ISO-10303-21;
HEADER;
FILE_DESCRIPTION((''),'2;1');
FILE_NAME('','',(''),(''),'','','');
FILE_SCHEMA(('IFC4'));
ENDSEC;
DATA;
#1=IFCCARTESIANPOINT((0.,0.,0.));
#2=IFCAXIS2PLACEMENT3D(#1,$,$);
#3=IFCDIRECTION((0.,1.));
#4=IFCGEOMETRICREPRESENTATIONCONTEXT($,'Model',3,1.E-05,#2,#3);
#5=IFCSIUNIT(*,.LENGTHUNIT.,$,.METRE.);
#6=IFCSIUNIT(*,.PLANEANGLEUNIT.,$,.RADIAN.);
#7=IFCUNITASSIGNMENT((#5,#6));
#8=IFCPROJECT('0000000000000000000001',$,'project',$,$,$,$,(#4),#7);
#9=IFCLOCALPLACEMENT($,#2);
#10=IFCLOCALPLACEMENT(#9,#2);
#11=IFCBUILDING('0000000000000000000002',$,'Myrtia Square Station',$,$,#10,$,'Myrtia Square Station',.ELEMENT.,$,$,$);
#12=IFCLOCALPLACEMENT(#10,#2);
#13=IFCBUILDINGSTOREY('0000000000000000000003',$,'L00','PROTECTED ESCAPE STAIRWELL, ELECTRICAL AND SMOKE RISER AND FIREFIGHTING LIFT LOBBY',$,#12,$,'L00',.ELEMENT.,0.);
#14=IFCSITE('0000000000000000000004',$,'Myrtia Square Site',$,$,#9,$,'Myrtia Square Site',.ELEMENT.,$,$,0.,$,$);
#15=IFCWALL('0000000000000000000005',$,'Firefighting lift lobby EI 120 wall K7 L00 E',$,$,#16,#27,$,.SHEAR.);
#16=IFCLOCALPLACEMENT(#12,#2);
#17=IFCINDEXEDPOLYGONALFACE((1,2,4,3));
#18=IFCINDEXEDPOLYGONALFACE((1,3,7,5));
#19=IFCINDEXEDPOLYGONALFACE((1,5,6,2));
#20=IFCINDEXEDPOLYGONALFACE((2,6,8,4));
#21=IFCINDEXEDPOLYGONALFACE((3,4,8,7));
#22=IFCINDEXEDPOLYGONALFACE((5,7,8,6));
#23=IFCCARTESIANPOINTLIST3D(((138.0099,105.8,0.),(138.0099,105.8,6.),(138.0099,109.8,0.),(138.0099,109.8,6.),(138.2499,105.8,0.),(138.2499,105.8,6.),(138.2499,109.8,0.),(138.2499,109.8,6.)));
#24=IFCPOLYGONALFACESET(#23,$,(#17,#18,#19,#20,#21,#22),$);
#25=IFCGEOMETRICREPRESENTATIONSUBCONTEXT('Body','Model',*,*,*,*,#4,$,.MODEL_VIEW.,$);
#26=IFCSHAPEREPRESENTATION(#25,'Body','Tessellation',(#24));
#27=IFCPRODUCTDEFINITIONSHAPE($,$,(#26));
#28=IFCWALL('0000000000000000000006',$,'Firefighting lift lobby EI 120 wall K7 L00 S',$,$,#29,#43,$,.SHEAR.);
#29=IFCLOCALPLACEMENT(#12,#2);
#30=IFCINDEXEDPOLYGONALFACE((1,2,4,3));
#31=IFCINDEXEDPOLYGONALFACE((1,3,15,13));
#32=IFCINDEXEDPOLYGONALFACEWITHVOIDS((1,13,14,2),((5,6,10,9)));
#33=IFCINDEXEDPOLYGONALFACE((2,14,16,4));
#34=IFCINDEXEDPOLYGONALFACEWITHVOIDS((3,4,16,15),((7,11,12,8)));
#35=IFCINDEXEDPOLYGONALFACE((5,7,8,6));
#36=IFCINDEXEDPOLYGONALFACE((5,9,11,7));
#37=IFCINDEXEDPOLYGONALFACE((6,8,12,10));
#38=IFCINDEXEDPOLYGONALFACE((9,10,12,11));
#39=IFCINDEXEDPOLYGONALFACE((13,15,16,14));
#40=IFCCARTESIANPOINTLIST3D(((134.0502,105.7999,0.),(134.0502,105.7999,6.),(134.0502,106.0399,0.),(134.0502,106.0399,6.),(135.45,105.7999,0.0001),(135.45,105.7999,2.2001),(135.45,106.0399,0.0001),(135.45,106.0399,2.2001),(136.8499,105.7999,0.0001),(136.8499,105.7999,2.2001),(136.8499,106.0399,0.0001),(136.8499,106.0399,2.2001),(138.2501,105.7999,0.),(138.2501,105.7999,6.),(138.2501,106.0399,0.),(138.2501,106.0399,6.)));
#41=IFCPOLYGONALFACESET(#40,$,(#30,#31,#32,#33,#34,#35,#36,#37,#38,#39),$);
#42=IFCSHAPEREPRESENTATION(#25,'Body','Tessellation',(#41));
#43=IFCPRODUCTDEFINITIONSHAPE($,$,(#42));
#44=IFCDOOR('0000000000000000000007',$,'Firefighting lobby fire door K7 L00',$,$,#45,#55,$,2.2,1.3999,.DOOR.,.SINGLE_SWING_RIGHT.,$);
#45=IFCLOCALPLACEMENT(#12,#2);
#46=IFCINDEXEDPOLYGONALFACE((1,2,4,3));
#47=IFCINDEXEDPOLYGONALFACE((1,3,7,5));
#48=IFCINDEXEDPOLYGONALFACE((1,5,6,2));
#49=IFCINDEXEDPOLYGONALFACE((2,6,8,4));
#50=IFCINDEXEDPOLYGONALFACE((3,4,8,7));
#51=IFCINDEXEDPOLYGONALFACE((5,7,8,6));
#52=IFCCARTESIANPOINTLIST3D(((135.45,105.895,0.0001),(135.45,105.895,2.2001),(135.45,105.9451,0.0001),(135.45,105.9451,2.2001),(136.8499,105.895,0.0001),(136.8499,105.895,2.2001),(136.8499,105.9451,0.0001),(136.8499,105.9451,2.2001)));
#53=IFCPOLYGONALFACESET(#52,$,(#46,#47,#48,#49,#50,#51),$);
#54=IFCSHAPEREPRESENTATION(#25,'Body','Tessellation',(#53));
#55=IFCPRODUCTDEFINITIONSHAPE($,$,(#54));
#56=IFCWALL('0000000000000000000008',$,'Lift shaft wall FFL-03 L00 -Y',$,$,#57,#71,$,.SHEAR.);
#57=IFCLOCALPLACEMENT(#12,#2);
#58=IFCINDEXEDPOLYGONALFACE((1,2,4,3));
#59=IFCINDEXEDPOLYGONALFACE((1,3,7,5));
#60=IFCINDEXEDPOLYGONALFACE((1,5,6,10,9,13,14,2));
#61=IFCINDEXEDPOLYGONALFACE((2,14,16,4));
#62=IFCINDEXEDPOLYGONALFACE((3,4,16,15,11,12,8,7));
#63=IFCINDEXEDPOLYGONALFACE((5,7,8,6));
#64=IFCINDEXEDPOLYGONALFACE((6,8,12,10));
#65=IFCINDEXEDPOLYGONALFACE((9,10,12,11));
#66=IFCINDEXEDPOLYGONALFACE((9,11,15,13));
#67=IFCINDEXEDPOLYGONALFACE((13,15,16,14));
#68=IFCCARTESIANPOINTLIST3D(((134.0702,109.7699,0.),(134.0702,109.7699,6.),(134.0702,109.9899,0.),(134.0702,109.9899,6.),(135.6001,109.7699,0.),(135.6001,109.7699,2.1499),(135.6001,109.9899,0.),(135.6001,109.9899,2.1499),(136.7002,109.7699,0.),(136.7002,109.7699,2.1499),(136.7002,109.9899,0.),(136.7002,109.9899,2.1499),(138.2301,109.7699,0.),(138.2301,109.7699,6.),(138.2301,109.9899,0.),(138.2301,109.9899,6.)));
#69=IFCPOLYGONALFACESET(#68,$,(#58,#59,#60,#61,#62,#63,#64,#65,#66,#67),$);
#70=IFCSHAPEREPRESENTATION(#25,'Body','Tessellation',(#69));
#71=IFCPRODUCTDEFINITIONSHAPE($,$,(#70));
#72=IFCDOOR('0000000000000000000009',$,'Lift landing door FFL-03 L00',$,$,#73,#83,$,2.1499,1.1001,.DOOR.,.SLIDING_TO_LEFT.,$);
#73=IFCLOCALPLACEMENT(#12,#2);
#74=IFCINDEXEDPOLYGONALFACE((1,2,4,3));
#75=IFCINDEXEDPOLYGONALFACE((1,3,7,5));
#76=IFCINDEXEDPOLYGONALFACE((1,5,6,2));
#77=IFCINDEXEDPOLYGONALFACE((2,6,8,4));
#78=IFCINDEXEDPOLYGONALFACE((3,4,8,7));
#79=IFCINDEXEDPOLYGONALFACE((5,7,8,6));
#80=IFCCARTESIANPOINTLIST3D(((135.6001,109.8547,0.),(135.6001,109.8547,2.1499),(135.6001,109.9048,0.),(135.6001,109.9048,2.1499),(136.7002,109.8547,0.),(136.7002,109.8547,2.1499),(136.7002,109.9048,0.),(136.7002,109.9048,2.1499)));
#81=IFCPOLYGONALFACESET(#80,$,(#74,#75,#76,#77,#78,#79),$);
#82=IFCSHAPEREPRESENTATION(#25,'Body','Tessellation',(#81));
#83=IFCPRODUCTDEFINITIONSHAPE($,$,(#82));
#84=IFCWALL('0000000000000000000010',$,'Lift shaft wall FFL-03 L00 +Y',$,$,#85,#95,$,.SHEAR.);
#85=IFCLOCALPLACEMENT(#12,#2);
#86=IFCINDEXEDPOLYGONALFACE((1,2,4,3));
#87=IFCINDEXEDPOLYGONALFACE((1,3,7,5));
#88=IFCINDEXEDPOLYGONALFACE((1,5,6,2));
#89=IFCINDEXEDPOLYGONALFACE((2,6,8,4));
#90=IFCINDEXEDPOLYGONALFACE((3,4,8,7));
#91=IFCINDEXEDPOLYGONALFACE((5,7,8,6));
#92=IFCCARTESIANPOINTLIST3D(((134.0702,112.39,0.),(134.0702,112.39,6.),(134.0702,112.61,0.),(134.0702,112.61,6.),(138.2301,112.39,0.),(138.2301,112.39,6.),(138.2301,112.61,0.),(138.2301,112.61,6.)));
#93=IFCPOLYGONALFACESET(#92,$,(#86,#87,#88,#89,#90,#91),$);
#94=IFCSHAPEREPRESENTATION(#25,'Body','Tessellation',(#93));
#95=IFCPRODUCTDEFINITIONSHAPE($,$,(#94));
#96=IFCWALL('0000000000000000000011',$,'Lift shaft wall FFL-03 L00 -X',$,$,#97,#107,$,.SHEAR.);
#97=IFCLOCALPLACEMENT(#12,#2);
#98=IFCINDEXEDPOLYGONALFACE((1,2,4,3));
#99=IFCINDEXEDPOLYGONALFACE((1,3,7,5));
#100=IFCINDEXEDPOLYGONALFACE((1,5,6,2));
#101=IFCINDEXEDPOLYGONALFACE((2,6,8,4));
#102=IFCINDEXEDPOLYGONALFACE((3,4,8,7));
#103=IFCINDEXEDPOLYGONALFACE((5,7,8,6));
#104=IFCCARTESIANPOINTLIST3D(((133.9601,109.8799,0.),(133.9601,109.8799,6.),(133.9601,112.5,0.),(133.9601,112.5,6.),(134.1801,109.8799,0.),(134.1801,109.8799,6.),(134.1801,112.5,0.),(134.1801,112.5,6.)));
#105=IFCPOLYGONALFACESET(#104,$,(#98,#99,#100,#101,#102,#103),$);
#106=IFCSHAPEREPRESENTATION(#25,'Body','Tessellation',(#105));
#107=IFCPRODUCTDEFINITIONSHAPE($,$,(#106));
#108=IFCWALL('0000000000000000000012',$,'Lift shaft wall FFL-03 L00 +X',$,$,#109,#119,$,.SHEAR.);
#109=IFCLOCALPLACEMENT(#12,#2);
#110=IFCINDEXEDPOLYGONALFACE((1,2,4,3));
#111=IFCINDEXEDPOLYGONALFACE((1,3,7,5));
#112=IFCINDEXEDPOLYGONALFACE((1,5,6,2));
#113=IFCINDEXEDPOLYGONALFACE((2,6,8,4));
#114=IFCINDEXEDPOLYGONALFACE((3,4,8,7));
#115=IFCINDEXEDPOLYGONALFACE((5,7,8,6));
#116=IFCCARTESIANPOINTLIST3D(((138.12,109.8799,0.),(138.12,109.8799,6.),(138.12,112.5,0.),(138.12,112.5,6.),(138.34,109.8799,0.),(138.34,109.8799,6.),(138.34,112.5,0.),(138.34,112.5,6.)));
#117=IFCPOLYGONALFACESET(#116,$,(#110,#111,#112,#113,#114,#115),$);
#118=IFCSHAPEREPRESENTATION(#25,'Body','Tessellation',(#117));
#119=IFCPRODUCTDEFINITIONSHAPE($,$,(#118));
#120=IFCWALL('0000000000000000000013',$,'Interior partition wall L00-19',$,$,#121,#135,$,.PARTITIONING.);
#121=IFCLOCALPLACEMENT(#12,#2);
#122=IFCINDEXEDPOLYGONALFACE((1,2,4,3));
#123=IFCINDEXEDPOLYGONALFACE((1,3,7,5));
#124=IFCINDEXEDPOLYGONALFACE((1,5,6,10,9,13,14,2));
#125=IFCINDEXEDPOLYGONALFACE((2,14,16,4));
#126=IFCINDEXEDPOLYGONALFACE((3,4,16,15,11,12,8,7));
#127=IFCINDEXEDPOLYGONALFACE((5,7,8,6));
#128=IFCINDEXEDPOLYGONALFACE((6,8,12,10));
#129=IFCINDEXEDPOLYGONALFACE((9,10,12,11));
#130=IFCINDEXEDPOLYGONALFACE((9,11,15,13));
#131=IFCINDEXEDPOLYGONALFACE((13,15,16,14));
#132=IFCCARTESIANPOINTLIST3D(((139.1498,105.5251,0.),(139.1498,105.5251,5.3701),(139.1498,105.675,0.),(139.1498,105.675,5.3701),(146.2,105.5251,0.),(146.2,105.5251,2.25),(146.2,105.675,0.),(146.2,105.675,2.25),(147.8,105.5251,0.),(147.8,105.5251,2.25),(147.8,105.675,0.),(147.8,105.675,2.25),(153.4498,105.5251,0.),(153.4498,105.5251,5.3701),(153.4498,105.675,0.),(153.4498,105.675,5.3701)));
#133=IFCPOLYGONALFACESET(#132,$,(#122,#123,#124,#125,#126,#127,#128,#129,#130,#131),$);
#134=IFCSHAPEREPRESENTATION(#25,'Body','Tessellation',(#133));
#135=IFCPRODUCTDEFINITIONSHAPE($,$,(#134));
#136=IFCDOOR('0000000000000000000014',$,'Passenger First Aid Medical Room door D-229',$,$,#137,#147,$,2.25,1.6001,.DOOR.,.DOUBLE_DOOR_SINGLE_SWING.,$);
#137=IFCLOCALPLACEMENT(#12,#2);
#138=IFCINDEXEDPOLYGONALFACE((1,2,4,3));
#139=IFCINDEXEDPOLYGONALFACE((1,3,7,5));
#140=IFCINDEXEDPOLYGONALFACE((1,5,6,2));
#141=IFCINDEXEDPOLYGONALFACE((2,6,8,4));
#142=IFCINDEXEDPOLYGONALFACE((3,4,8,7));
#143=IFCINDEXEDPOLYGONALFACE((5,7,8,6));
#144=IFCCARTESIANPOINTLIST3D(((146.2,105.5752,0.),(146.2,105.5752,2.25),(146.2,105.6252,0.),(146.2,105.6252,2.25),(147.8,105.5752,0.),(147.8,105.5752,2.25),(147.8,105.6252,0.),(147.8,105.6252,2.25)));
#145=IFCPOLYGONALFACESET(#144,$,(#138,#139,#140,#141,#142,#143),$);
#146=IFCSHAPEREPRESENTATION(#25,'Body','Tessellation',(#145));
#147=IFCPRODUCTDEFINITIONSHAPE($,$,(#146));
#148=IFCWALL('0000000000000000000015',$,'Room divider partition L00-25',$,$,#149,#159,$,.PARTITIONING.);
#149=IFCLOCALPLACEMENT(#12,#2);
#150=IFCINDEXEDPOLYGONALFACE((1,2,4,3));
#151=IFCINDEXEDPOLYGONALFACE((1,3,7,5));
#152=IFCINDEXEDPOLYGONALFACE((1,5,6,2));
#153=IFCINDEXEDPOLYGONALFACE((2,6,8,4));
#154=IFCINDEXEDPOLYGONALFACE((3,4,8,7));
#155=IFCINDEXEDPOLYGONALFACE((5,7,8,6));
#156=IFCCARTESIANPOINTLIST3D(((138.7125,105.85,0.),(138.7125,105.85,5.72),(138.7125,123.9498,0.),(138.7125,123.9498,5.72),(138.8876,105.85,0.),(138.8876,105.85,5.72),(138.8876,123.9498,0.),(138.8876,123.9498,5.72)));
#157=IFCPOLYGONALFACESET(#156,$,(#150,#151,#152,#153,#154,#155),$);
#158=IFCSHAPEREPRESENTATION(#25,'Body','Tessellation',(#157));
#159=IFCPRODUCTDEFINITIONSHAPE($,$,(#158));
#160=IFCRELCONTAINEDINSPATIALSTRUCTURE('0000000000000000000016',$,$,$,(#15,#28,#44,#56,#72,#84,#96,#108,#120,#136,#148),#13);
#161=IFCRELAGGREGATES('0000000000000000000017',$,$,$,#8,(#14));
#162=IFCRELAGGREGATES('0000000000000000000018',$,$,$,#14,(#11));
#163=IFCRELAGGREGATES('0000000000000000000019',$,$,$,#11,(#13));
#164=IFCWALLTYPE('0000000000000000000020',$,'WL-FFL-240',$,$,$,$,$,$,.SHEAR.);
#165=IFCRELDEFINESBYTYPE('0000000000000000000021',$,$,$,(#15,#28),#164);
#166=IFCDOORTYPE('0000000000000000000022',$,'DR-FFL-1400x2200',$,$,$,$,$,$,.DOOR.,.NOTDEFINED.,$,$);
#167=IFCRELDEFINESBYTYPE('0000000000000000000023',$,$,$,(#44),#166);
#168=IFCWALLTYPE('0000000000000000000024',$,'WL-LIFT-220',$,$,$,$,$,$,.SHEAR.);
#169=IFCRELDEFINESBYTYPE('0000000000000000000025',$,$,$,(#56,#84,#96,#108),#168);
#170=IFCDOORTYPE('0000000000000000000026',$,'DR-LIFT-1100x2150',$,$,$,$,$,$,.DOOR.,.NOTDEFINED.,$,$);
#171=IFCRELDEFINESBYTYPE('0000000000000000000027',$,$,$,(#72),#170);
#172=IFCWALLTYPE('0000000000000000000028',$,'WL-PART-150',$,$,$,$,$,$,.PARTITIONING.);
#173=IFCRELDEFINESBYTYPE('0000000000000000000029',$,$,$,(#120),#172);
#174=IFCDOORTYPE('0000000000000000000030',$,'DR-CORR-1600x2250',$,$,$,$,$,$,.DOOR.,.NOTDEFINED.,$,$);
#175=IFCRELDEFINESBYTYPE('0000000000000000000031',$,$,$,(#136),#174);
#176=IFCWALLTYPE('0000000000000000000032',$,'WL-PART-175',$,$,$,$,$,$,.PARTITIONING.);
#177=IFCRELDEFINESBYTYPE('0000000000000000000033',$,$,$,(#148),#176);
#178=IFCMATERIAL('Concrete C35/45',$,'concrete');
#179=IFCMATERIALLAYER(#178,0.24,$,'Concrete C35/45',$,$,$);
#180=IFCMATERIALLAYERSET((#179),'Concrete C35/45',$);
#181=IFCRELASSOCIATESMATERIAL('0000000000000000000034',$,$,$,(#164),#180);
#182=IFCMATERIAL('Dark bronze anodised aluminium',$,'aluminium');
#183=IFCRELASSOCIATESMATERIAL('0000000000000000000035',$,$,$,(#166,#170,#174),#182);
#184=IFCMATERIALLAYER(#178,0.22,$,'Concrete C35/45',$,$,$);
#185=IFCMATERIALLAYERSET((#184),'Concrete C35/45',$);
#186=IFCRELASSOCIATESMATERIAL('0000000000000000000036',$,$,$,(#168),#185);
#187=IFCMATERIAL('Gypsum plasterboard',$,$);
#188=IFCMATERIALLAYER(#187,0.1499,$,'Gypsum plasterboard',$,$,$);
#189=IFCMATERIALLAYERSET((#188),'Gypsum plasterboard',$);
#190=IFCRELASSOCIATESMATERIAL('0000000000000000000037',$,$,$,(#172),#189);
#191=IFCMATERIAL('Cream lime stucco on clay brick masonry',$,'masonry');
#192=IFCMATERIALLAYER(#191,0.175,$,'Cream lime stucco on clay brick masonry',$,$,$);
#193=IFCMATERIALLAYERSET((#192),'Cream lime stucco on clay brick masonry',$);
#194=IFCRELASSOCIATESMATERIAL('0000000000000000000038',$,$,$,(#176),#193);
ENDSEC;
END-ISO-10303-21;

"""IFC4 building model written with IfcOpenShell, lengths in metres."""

from ifc_helpers import new_model, si_unit, direction, frame, frame_2d, origin, place, context, subcontext, project, spatial, rectangle, extrude, material, layer, layer_set, type_object, element, fill, save


model = new_model("IFC4")

# Units and contexts
model_context = context("Model", 3, precision=1e-05, world=origin(), true_north=direction((0.0, 1.0)))
body_context = subcontext(model_context, "Body", "Model", "MODEL_VIEW")
ifc_project = project(units=[si_unit("LENGTHUNIT", "METRE"), si_unit("PLANEANGLEUNIT", "RADIAN")], contexts=[model_context])

# Site, building, storey
site_placement = place(None, origin())
site = spatial("IfcSite", under=ifc_project, at=site_placement, Name="Myrtia Square Site", LongName="Myrtia Square Site", CompositionType="ELEMENT", RefElevation=0.0)
building_placement = place(site_placement, origin())
building = spatial("IfcBuilding", under=site, at=building_placement, Name="Myrtia Square Station", LongName="Myrtia Square Station", CompositionType="ELEMENT")
storey_placement = place(building_placement, origin())
storey = spatial("IfcBuildingStorey", under=building, at=storey_placement, Name="L00", Description="PROTECTED ESCAPE STAIRWELL, ELECTRICAL AND SMOKE RISER AND FIREFIGHTING LIFT LOBBY", LongName="L00", CompositionType="ELEMENT", Elevation=0.0)

# Shared definitions
ifc_material_1 = material(Name="Concrete C35/45", Category="concrete")
ifc_material_2 = material(Name="Dark bronze anodised aluminium", Category="aluminium")

# Wall
ifc_layer_1 = layer(ifc_material_1, 0.24, Name="Concrete C35/45")
ifc_layer_set_1 = layer_set([ifc_layer_1], Name="Concrete C35/45")
wall_type_1 = type_object("IfcWallType", Name="WL-FFL-240", PredefinedType="SHEAR", material=ifc_layer_set_1)
wall_1_placement = place(storey_placement, frame((138.1299, 105.8, 0.0), z_axis=(0.0, 0.0, 1.0), x_axis=(0.0, 1.0, 0.0)))
element("IfcWall", 1, at=wall_1_placement, inside=storey, type_object=wall_type_1, Name="Firefighting lift lobby EI 120 wall K7 L00 E", PredefinedType="SHEAR", context=body_context, shape_type="SweptSolid", body=[
    extrude(rectangle(XDim=4.0, YDim=0.24, at=frame_2d((2.0, 0.0))), origin(), (0.0, 0.0, 1.0), 6.0),
])

# Walls, openings, doors
wall_2_placement = place(storey_placement, frame((134.05, 105.9199, 0.0), z_axis=(0.0, 0.0, 1.0), x_axis=(1.0, 0.0, 0.0)))
wall_2 = element("IfcWall", 2, at=wall_2_placement, inside=storey, type_object=wall_type_1, Name="Firefighting lift lobby EI 120 wall K7 L00 S", PredefinedType="SHEAR", context=body_context, shape_type="SweptSolid", body=[
    extrude(rectangle(XDim=4.2, YDim=0.24, at=frame_2d((2.1001, 0.0))), origin(), (0.0, 0.0, 1.0), 6.0),
])
opening_1_placement = place(wall_2_placement, frame((1.3999, 0.0, 0.0)))
opening_1 = element("IfcOpeningElement", 3, at=opening_1_placement, cuts=wall_2, PredefinedType="OPENING", context=body_context, shape_type="SweptSolid", body=[
    extrude(rectangle(XDim=1.3999, YDim=2.2, at=frame_2d((0.7, 1.1001))), frame((0.0, 0.135, 0.0), z_axis=(0.0, -1.0, 0.0), x_axis=(1.0, 0.0, 0.0)), (0.0, 0.0, 1.0), 0.27),
])
door_type_1 = type_object("IfcDoorType", Name="DR-FFL-1400x2200", OperationType="NOTDEFINED", PredefinedType="DOOR", material=ifc_material_2)
door_1_placement = place(opening_1_placement, frame((1.3999, 0.0, 0.0), z_axis=(0.0, 0.0, 1.0), x_axis=(-1.0, 0.0, 0.0)))
door_1 = element("IfcDoor", 4, at=door_1_placement, inside=storey, type_object=door_type_1, Name="Firefighting lobby fire door K7 L00", OperationType="SINGLE_SWING_RIGHT", OverallHeight=2.2, OverallWidth=1.3999, PredefinedType="DOOR", context=body_context, shape_type="SweptSolid", body=[
    extrude(rectangle(XDim=1.3999, YDim=2.2, at=frame_2d((0.7, 1.1001))), frame((0.0, 0.0249, 0.0), z_axis=(0.0, -1.0, 0.0), x_axis=(1.0, 0.0, 0.0)), (0.0, 0.0, 1.0), 0.05),
])
fill(opening_1, door_1)
ifc_layer_2 = layer(ifc_material_1, 0.22, Name="Concrete C35/45")
ifc_layer_set_2 = layer_set([ifc_layer_2], Name="Concrete C35/45")
wall_type_2 = type_object("IfcWallType", Name="WL-LIFT-220", PredefinedType="SHEAR", material=ifc_layer_set_2)
wall_3_placement = place(storey_placement, frame((134.0701, 109.8799, 0.0), z_axis=(0.0, 0.0, 1.0), x_axis=(1.0, 0.0, 0.0)))
wall_3 = element("IfcWall", 5, at=wall_3_placement, inside=storey, type_object=wall_type_2, Name="Lift shaft wall FFL-03 L00 -Y", PredefinedType="SHEAR", context=body_context, shape_type="SweptSolid", body=[
    extrude(rectangle(XDim=4.1599, YDim=0.22, at=frame_2d((2.0801, 0.0))), origin(), (0.0, 0.0, 1.0), 6.0),
])
opening_2_placement = place(wall_3_placement, frame((1.53, 0.0, 0.0)))
opening_2 = element("IfcOpeningElement", 6, at=opening_2_placement, cuts=wall_3, PredefinedType="OPENING", context=body_context, shape_type="SweptSolid", body=[
    extrude(rectangle(XDim=1.1001, YDim=2.1499, at=frame_2d((0.55, 1.075))), frame((0.0, 0.125, 0.0), z_axis=(0.0, -1.0, 0.0), x_axis=(1.0, 0.0, 0.0)), (0.0, 0.0, 1.0), 0.25),
])
door_type_2 = type_object("IfcDoorType", Name="DR-LIFT-1100x2150", OperationType="NOTDEFINED", PredefinedType="DOOR", material=ifc_material_2)
door_2_placement = place(opening_2_placement, origin())
door_2 = element("IfcDoor", 7, at=door_2_placement, inside=storey, type_object=door_type_2, Name="Lift landing door FFL-03 L00", OperationType="SLIDING_TO_LEFT", OverallHeight=2.1499, OverallWidth=1.1001, PredefinedType="DOOR", context=body_context, shape_type="SweptSolid", body=[
    extrude(rectangle(XDim=1.1001, YDim=2.1499, at=frame_2d((0.55, 1.075))), frame((0.0, 0.0249, 0.0), z_axis=(0.0, -1.0, 0.0), x_axis=(1.0, 0.0, 0.0)), (0.0, 0.0, 1.0), 0.05),
])
fill(opening_2, door_2)

# Walls
wall_4_placement = place(storey_placement, frame((134.0701, 112.5, 0.0), z_axis=(0.0, 0.0, 1.0), x_axis=(1.0, 0.0, 0.0)))
element("IfcWall", 8, at=wall_4_placement, inside=storey, type_object=wall_type_2, Name="Lift shaft wall FFL-03 L00 +Y", PredefinedType="SHEAR", context=body_context, shape_type="SweptSolid", body=[
    extrude(rectangle(XDim=4.1599, YDim=0.22, at=frame_2d((2.0801, 0.0))), origin(), (0.0, 0.0, 1.0), 6.0),
])
for number, where, z_axis, x_axis, name in (
    (9, (134.0701, 109.8799, 0.0), (0.0, 0.0, 1.0), (0.0, 1.0, 0.0), "Lift shaft wall FFL-03 L00 -X"),
    (10, (138.23, 109.8799, 0.0), (0.0, 0.0, 1.0), (0.0, 1.0, 0.0), "Lift shaft wall FFL-03 L00 +X"),
):
    element("IfcWall", number, at=place(storey_placement, frame(where, z_axis=z_axis, x_axis=x_axis)), inside=storey, type_object=wall_type_2, Name=name, PredefinedType="SHEAR", context=body_context, shape_type="SweptSolid", body=[
        extrude(rectangle(XDim=2.6201, YDim=0.22, at=frame_2d((1.3101, 0.0))), origin(), (0.0, 0.0, 1.0), 6.0),
    ])

# Wall, opening, door
ifc_material_3 = material(Name="Gypsum plasterboard")
ifc_layer_3 = layer(ifc_material_3, 0.1499, Name="Gypsum plasterboard")
ifc_layer_set_3 = layer_set([ifc_layer_3], Name="Gypsum plasterboard")
wall_type_3 = type_object("IfcWallType", Name="WL-PART-150", PredefinedType="PARTITIONING", material=ifc_layer_set_3)
wall_5_placement = place(storey_placement, frame((139.1499, 105.6001, 0.0), z_axis=(0.0, 0.0, 1.0), x_axis=(1.0, 0.0, 0.0)))
wall_5 = element("IfcWall", 11, at=wall_5_placement, inside=storey, type_object=wall_type_3, Name="Interior partition wall L00-19", PredefinedType="PARTITIONING", context=body_context, shape_type="SweptSolid", body=[
    extrude(rectangle(XDim=14.3, YDim=0.1499, at=frame_2d((7.1499, 0.0))), origin(), (0.0, 0.0, 1.0), 5.3701),
])
opening_3_placement = place(wall_5_placement, frame((7.05, 0.0, 0.0)))
opening_3 = element("IfcOpeningElement", 12, at=opening_3_placement, cuts=wall_5, PredefinedType="OPENING", context=body_context, shape_type="SweptSolid", body=[
    extrude(rectangle(XDim=1.6001, YDim=2.25, at=frame_2d((0.8, 1.125))), frame((0.0, 0.0898, 0.0), z_axis=(0.0, -1.0, 0.0), x_axis=(1.0, 0.0, 0.0)), (0.0, 0.0, 1.0), 0.1799),
])
door_type_3 = type_object("IfcDoorType", Name="DR-CORR-1600x2250", OperationType="NOTDEFINED", PredefinedType="DOOR", material=ifc_material_2)
door_3_placement = place(opening_3_placement, frame((1.6001, 0.0, 0.0), z_axis=(0.0, 0.0, 1.0), x_axis=(-1.0, 0.0, 0.0)))
door_3 = element("IfcDoor", 13, at=door_3_placement, inside=storey, type_object=door_type_3, Name="Passenger First Aid Medical Room door D-229", OperationType="DOUBLE_DOOR_SINGLE_SWING", OverallHeight=2.25, OverallWidth=1.6001, PredefinedType="DOOR", context=body_context, shape_type="SweptSolid", body=[
    extrude(rectangle(XDim=1.6001, YDim=2.25, at=frame_2d((0.8, 1.125))), frame((0.0, 0.0249, 0.0), z_axis=(0.0, -1.0, 0.0), x_axis=(1.0, 0.0, 0.0)), (0.0, 0.0, 1.0), 0.05),
])
fill(opening_3, door_3)

# Wall
ifc_material_4 = material(Name="Cream lime stucco on clay brick masonry", Category="masonry")
ifc_layer_4 = layer(ifc_material_4, 0.175, Name="Cream lime stucco on clay brick masonry")
ifc_layer_set_4 = layer_set([ifc_layer_4], Name="Cream lime stucco on clay brick masonry")
wall_type_4 = type_object("IfcWallType", Name="WL-PART-175", PredefinedType="PARTITIONING", material=ifc_layer_set_4)
wall_6_placement = place(storey_placement, frame((138.8, 105.8501, 0.0), z_axis=(0.0, 0.0, 1.0), x_axis=(0.0, 1.0, 0.0)))
element("IfcWall", 14, at=wall_6_placement, inside=storey, type_object=wall_type_4, Name="Room divider partition L00-25", PredefinedType="PARTITIONING", context=body_context, shape_type="SweptSolid", body=[
    extrude(rectangle(XDim=18.0999, YDim=0.175, at=frame_2d((9.0498, 0.0))), origin(), (0.0, 0.0, 1.0), 5.72),
])

save(model, "model.ifc")
